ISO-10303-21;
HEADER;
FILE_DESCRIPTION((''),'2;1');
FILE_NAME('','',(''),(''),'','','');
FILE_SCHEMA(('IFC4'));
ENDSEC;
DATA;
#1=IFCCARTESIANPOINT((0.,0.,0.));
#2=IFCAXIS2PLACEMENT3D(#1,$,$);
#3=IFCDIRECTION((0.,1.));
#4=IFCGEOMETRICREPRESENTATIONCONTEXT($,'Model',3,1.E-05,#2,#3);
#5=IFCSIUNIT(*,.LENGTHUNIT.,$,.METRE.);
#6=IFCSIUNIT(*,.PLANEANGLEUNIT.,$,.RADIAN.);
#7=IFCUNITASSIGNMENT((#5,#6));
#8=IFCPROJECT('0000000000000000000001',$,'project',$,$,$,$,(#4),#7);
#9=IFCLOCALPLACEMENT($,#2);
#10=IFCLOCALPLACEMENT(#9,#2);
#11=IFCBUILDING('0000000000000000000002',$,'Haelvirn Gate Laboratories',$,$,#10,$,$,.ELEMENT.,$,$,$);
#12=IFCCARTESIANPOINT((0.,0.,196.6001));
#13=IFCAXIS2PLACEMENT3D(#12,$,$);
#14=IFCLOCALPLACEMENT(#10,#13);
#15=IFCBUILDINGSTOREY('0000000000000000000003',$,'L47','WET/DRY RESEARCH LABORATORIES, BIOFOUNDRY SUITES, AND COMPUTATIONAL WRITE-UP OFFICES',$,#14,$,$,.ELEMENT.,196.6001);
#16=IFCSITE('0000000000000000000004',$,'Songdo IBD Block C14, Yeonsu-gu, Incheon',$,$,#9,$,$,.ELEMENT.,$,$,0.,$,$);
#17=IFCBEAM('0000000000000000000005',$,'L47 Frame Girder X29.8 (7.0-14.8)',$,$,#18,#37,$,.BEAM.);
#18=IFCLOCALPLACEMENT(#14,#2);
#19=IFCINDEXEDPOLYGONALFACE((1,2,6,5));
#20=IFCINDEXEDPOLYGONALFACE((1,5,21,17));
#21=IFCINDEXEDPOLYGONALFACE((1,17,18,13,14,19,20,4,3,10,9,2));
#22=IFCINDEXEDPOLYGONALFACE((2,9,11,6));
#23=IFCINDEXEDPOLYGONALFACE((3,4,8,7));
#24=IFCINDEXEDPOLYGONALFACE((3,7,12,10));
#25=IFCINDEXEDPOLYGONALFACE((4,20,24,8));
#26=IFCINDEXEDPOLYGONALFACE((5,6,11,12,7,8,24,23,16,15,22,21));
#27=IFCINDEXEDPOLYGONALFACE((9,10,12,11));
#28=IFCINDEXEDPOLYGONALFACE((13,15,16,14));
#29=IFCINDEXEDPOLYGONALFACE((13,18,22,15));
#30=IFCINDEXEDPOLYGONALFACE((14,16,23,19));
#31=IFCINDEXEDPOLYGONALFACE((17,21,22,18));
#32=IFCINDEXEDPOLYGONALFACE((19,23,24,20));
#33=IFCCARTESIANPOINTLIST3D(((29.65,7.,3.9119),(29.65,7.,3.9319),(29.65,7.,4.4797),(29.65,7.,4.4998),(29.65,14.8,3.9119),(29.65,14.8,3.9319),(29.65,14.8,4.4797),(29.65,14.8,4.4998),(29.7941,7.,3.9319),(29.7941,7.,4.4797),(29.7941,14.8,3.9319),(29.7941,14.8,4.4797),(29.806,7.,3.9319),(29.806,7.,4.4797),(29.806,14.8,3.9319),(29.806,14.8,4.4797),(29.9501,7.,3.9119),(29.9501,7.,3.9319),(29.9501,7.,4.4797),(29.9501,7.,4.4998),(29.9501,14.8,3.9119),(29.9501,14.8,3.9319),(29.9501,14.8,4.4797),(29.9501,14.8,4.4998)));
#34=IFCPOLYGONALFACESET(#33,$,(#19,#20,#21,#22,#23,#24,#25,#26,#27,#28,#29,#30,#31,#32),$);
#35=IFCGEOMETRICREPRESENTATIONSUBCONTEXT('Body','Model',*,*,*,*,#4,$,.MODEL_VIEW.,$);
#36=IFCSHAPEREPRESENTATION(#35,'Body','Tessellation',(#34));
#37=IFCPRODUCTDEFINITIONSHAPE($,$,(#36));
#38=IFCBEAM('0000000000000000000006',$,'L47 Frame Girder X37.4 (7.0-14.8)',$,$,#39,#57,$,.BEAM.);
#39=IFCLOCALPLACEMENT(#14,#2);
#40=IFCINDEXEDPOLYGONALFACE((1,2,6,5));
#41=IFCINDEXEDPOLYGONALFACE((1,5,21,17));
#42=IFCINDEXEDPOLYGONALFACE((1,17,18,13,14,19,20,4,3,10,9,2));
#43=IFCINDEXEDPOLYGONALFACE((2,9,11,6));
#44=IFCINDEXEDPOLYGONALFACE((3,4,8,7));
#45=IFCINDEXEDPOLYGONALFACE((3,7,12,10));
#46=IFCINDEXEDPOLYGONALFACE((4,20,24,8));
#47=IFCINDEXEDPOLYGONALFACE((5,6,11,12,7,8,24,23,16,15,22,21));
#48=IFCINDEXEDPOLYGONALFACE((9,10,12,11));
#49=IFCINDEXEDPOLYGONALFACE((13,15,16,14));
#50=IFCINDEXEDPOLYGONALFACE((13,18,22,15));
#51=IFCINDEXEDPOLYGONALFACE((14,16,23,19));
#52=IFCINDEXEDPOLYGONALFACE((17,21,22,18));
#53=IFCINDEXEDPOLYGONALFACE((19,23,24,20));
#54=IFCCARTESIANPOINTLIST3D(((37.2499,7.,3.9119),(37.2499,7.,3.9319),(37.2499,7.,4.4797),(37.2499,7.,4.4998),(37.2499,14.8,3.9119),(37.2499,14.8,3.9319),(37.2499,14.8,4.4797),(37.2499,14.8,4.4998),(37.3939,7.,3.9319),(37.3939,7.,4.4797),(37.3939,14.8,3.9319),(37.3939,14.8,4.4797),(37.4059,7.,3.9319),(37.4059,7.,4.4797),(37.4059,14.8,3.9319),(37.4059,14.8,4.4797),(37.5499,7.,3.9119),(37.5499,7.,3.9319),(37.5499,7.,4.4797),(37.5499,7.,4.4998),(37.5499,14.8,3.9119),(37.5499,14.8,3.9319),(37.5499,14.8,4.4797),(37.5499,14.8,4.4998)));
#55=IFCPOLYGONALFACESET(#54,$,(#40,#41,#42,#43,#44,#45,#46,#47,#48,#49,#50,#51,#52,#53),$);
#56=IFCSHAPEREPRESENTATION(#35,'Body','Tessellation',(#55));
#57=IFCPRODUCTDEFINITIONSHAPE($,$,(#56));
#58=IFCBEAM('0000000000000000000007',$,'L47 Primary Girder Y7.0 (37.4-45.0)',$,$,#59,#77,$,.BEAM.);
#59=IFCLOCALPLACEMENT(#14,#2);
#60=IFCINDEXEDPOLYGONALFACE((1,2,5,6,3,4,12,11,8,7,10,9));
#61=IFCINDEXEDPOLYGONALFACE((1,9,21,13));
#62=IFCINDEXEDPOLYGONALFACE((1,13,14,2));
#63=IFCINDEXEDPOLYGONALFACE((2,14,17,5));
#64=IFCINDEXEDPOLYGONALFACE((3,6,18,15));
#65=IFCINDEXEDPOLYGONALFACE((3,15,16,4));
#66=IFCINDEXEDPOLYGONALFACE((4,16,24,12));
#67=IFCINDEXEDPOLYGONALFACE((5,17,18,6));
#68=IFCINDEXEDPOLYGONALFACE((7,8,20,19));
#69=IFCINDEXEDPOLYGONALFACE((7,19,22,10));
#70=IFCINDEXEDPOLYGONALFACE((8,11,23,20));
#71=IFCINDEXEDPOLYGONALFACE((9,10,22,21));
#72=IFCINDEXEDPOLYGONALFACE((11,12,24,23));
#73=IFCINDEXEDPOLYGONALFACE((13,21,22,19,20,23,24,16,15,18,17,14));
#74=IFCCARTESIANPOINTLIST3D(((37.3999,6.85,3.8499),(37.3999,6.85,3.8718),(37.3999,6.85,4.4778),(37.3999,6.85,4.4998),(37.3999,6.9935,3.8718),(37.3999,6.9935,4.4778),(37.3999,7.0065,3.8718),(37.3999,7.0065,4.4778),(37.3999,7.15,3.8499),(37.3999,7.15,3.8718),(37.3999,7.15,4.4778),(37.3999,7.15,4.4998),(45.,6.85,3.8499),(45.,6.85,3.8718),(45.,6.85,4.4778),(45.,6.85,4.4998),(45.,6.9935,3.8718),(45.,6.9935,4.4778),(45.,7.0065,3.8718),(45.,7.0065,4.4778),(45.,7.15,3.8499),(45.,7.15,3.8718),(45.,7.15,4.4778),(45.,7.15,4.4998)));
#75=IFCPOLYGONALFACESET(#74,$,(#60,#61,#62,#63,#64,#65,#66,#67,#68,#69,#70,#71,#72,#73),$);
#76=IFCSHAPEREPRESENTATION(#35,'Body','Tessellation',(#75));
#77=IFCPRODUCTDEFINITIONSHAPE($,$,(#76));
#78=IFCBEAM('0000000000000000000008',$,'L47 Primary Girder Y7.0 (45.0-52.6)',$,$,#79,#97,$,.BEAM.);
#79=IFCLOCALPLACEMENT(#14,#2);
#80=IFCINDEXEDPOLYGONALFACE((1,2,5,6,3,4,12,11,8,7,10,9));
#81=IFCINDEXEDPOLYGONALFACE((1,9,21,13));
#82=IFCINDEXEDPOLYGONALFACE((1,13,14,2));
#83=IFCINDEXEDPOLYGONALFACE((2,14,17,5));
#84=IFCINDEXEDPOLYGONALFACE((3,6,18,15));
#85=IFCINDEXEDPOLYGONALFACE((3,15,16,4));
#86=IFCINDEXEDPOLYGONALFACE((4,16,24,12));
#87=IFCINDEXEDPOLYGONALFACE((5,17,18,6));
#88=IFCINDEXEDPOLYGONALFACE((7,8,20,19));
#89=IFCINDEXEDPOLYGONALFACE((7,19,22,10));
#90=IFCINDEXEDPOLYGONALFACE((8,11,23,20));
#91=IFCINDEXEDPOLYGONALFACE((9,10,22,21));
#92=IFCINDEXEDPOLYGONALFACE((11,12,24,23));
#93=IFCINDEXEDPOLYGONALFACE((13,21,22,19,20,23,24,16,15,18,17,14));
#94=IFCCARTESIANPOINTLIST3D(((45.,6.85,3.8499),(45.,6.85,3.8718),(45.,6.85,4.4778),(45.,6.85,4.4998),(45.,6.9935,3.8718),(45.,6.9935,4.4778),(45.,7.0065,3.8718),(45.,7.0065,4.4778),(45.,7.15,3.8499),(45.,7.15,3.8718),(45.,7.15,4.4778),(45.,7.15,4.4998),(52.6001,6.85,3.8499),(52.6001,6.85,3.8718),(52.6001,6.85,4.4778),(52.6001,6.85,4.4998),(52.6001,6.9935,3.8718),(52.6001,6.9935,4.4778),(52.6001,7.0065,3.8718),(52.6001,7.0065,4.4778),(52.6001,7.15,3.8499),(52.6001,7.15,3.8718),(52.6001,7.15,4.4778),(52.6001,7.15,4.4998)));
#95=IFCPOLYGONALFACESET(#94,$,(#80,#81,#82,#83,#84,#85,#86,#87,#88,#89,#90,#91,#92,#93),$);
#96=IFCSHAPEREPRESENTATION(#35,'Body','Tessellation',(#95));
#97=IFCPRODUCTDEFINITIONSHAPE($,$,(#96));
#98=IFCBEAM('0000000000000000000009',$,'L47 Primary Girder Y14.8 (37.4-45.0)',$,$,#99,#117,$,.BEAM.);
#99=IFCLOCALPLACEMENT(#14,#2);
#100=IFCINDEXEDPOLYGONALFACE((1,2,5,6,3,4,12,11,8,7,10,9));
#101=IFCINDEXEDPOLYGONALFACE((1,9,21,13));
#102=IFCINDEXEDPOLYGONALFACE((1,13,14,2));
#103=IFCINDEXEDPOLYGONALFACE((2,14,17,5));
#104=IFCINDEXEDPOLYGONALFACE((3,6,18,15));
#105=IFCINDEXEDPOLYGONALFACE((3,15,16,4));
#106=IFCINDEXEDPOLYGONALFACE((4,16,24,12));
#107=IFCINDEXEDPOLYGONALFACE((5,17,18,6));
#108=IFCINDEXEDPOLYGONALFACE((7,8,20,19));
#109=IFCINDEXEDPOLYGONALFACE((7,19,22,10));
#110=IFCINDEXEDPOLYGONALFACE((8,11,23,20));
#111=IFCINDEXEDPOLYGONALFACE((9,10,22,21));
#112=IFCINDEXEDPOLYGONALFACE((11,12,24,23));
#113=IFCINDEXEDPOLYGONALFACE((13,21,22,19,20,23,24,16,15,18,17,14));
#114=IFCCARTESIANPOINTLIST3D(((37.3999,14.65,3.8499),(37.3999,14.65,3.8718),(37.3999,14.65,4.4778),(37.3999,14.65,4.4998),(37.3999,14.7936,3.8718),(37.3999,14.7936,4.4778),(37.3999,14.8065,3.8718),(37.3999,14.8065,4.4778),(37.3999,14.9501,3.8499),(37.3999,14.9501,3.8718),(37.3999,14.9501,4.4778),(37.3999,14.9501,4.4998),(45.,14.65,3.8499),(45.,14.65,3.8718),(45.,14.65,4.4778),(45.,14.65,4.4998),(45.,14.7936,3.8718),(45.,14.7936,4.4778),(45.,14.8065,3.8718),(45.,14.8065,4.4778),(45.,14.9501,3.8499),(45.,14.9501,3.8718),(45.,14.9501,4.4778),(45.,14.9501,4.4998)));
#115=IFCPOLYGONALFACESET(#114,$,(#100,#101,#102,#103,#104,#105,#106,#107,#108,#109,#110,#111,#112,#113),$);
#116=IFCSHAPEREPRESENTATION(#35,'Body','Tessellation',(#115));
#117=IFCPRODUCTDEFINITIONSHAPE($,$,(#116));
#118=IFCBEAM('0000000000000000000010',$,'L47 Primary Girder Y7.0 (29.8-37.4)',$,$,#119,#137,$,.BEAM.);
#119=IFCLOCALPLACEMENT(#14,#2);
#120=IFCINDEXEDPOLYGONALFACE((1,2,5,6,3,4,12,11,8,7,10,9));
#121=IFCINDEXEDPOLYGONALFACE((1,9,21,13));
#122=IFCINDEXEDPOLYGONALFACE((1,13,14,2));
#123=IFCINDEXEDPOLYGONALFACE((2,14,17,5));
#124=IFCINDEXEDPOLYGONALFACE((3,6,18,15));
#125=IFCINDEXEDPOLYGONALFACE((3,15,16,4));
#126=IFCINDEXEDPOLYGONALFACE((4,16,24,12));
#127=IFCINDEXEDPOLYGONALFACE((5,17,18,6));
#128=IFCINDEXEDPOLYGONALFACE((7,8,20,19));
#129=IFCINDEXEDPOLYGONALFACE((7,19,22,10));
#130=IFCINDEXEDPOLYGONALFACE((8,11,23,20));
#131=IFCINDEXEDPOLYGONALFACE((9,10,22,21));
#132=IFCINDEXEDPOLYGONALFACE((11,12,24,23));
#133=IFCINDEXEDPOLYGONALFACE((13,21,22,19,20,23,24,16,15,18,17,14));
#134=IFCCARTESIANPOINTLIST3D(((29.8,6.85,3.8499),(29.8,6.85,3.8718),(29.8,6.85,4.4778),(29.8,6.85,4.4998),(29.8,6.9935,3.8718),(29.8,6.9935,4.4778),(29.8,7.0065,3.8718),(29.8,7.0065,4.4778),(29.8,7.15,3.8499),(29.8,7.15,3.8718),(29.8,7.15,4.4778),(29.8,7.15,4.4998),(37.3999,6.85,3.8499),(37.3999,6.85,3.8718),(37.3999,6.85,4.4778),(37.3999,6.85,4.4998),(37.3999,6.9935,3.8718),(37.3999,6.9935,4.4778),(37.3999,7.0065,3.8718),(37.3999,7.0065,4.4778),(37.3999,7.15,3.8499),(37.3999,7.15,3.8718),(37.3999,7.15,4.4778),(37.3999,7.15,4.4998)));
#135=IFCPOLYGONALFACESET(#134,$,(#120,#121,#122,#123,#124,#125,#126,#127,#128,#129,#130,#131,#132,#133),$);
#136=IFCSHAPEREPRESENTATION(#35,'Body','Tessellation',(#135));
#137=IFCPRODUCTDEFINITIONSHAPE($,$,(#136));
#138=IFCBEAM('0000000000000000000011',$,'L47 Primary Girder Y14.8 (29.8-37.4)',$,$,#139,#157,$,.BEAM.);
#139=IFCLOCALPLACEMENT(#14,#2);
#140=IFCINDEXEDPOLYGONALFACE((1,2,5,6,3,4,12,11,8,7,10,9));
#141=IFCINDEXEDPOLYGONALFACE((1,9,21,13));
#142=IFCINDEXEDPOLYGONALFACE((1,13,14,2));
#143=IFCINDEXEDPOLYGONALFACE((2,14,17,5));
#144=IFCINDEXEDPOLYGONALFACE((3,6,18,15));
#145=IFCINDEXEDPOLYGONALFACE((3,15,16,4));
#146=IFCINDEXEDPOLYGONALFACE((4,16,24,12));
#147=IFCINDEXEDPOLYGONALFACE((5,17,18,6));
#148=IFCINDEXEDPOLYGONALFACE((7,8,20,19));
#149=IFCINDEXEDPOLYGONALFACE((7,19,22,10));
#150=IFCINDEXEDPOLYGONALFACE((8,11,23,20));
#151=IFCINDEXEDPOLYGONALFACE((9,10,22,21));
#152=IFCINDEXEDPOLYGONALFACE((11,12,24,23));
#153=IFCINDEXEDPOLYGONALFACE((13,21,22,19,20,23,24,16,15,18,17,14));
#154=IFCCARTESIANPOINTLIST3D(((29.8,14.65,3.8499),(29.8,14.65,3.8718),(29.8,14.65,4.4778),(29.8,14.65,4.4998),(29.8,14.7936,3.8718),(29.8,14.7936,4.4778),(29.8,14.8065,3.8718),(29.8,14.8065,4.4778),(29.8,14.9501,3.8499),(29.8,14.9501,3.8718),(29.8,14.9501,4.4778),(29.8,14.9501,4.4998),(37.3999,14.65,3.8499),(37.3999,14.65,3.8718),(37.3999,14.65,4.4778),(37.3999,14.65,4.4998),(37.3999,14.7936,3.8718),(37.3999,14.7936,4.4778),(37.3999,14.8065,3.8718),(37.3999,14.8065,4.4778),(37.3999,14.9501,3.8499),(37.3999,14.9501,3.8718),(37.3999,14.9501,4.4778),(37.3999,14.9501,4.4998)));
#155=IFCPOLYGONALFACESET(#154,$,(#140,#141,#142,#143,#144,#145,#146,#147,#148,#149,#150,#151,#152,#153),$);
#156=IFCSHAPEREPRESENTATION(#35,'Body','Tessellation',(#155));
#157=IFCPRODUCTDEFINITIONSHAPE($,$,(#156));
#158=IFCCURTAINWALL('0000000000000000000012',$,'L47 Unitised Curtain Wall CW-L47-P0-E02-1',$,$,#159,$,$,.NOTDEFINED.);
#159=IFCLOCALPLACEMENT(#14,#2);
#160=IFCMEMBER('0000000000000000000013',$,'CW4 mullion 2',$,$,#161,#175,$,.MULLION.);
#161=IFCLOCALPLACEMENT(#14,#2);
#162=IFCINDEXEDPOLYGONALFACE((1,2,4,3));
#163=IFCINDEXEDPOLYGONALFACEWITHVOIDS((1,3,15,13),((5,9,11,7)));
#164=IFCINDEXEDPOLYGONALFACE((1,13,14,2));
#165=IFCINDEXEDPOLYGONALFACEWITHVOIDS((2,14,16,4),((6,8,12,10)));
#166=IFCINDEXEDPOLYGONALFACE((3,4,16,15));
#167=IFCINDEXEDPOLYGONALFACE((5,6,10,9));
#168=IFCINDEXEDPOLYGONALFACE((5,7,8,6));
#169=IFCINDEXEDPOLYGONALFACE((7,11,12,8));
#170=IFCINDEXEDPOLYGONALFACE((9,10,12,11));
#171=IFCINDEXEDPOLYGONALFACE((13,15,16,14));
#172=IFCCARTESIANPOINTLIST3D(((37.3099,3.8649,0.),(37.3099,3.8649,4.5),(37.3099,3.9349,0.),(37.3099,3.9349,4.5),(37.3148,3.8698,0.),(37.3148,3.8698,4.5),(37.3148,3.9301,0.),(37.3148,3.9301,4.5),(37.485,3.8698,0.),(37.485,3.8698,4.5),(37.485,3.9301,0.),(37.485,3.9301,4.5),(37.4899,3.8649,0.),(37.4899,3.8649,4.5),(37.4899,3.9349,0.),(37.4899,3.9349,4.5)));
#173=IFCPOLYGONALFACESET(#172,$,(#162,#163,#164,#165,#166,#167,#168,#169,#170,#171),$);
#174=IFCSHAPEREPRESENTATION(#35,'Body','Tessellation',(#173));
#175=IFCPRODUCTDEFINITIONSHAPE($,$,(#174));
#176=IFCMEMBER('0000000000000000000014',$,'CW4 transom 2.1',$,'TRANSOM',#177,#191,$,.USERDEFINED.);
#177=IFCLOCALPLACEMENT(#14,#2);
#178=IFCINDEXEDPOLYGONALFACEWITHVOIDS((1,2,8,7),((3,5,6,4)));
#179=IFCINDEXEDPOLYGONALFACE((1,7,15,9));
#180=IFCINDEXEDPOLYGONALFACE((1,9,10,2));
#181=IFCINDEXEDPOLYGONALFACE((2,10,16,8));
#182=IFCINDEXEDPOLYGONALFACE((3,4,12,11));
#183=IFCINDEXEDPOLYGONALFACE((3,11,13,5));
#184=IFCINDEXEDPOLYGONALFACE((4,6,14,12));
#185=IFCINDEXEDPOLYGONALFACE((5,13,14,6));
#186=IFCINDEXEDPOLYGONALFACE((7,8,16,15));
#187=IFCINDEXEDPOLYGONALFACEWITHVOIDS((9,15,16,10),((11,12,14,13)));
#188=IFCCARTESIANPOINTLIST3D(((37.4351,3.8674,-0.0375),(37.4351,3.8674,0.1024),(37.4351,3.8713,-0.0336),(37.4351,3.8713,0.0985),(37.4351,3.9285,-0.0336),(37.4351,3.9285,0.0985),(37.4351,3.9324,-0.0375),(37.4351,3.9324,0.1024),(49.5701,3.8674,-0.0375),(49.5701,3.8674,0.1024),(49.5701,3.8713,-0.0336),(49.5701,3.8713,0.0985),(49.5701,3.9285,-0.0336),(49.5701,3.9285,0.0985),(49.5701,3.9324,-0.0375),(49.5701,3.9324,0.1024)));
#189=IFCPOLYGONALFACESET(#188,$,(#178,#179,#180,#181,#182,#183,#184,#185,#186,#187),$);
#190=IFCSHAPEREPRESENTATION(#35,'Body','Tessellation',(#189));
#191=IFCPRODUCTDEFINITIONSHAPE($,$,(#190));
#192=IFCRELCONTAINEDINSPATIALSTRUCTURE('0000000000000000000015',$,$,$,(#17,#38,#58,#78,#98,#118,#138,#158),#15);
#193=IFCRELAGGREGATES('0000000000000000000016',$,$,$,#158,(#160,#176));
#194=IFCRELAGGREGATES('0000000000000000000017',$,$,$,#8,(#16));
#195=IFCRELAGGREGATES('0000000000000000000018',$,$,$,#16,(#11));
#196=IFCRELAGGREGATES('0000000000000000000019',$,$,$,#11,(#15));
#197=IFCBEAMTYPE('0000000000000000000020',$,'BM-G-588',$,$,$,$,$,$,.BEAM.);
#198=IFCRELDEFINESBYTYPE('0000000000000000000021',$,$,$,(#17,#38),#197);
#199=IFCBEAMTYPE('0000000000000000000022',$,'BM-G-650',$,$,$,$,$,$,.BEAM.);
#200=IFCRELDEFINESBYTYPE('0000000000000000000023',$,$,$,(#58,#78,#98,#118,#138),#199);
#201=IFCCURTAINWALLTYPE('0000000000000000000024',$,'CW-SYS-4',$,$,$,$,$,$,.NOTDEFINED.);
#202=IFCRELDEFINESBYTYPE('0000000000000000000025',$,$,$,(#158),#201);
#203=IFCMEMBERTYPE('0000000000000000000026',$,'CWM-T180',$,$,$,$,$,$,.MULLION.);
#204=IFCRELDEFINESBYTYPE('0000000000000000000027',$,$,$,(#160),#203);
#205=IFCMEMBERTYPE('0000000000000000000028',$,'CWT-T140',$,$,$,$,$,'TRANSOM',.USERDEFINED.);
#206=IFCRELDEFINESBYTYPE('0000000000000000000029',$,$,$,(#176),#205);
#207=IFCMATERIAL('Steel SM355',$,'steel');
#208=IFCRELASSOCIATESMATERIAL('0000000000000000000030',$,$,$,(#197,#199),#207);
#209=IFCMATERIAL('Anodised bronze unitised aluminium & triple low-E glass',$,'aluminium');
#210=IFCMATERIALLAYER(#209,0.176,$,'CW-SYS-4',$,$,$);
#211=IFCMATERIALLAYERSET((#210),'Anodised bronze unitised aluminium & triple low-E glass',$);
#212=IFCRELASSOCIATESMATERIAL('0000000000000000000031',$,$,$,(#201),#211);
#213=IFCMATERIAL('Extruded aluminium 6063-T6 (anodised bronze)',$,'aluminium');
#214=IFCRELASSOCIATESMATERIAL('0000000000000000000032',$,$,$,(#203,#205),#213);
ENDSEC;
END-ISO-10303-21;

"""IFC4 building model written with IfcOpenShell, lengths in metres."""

from ifc_helpers import new_model, si_unit, direction, frame, origin, origin_2d, place, context, subcontext, project, spatial, hollow_rectangle, i_section, extrude, source, transform, mapped, material, layer, layer_set, material_profile, profile_set, type_object, type_shapes, element, aggregate, save


model = new_model("IFC4")

# Units and contexts
model_context = context("Model", 3, precision=1e-05, world=origin(), true_north=direction((0.0, 1.0)))
body_context = subcontext(model_context, "Body", "Model", "MODEL_VIEW")
ifc_project = project(units=[si_unit("LENGTHUNIT", "METRE"), si_unit("PLANEANGLEUNIT", "RADIAN")], contexts=[model_context])

# Site, building, storey
site_placement = place(None, origin())
site = spatial("IfcSite", under=ifc_project, at=site_placement, Name="Songdo IBD Block C14, Yeonsu-gu, Incheon", CompositionType="ELEMENT", RefElevation=0.0)
building_placement = place(site_placement, origin())
building = spatial("IfcBuilding", under=site, at=building_placement, Name="Haelvirn Gate Laboratories", CompositionType="ELEMENT")
storey_placement = place(building_placement, frame((0.0, 0.0, 196.6001)))
storey = spatial("IfcBuildingStorey", under=building, at=storey_placement, Name="L47", Description="WET/DRY RESEARCH LABORATORIES, BIOFOUNDRY SUITES, AND COMPUTATIONAL WRITE-UP OFFICES", CompositionType="ELEMENT", Elevation=196.6001)

# Shared definitions
ifc_material_1 = material(Name="Steel SM355", Category="steel")

# Beams
ifc_material_profile_1 = material_profile(ifc_material_1, i_section(OverallWidth=0.3, OverallDepth=0.5879, WebThickness=0.012, FlangeThickness=0.02, at=origin_2d()), Name="H-588x300x12x20")
ifc_profile_set_1 = profile_set([ifc_material_profile_1], Name="Steel SM355")
beam_type_1 = type_object("IfcBeamType", Name="BM-G-588", PredefinedType="BEAM", material=ifc_profile_set_1)
shared_shape_1 = source(origin(), body_context, "Body", "SweptSolid", [
    extrude(i_section(OverallWidth=0.3, OverallDepth=0.5879, WebThickness=0.012, FlangeThickness=0.02, at=origin_2d()), origin(), (0.0, 0.0, 1.0), 7.8),
])
type_shapes(beam_type_1, [shared_shape_1])
for number, where, z_axis, x_axis, name in (
    (1, (29.8, 7.0, 4.2058), (0.0, 1.0, 0.0), (-1.0, 0.0, 0.0), "L47 Frame Girder X29.8 (7.0-14.8)"),
    (2, (37.3999, 7.0, 4.2058), (0.0, 1.0, 0.0), (-1.0, 0.0, 0.0), "L47 Frame Girder X37.4 (7.0-14.8)"),
):
    element("IfcBeam", number, at=place(storey_placement, frame(where, z_axis=z_axis, x_axis=x_axis)), inside=storey, type_object=beam_type_1, Name=name, PredefinedType="BEAM", context=body_context, shape_type="MappedRepresentation", body=[
        mapped(shared_shape_1, transform((0.0, 0.0, 0.0), scale=1.0)),
    ])
ifc_material_profile_2 = material_profile(ifc_material_1, i_section(OverallWidth=0.3, OverallDepth=0.6499, WebThickness=0.0129, FlangeThickness=0.022, at=origin_2d()), Name="H-650x300x13x22")
ifc_profile_set_2 = profile_set([ifc_material_profile_2], Name="Steel SM355")
beam_type_2 = type_object("IfcBeamType", Name="BM-G-650", PredefinedType="BEAM", material=ifc_profile_set_2)
shared_shape_2 = source(origin(), body_context, "Body", "SweptSolid", [
    extrude(i_section(OverallWidth=0.3, OverallDepth=0.6499, WebThickness=0.0129, FlangeThickness=0.022, at=origin_2d()), origin(), (0.0, 0.0, 1.0), 7.6001),
])
for number, where, z_axis, x_axis, name in (
    (3, (37.3999, 7.0, 4.1748), (1.0, 0.0, 0.0), (0.0, 1.0, 0.0), "L47 Primary Girder Y7.0 (37.4-45.0)"),
    (4, (45.0, 7.0, 4.1748), (1.0, 0.0, 0.0), (0.0, 1.0, 0.0), "L47 Primary Girder Y7.0 (45.0-52.6)"),
    (5, (37.3999, 14.8, 4.1748), (1.0, 0.0, 0.0), (0.0, 1.0, 0.0), "L47 Primary Girder Y14.8 (37.4-45.0)"),
):
    element("IfcBeam", number, at=place(storey_placement, frame(where, z_axis=z_axis, x_axis=x_axis)), inside=storey, type_object=beam_type_2, Name=name, PredefinedType="BEAM", context=body_context, shape_type="MappedRepresentation", body=[
        mapped(shared_shape_2, transform((0.0, 0.0, 0.0), scale=1.0)),
    ])
shared_shape_3 = source(origin(), body_context, "Body", "SweptSolid", [
    extrude(i_section(OverallWidth=0.3, OverallDepth=0.6499, WebThickness=0.0129, FlangeThickness=0.022, at=origin_2d()), origin(), (0.0, 0.0, 1.0), 7.5999),
])
type_shapes(beam_type_2, [shared_shape_2, shared_shape_3])
for number, where, z_axis, x_axis, name in (
    (6, (29.8, 7.0, 4.1748), (1.0, 0.0, 0.0), (0.0, 1.0, 0.0), "L47 Primary Girder Y7.0 (29.8-37.4)"),
    (7, (29.8, 14.8, 4.1748), (1.0, 0.0, 0.0), (0.0, 1.0, 0.0), "L47 Primary Girder Y14.8 (29.8-37.4)"),
):
    element("IfcBeam", number, at=place(storey_placement, frame(where, z_axis=z_axis, x_axis=x_axis)), inside=storey, type_object=beam_type_2, Name=name, PredefinedType="BEAM", context=body_context, shape_type="MappedRepresentation", body=[
        mapped(shared_shape_3, transform((0.0, 0.0, 0.0), scale=1.0)),
    ])

# Curtain wall, members
ifc_material_2 = material(Name="Anodised bronze unitised aluminium & triple low-E glass", Category="aluminium")
ifc_layer_1 = layer(ifc_material_2, 0.176, Name="CW-SYS-4")
ifc_layer_set_1 = layer_set([ifc_layer_1], Name="Anodised bronze unitised aluminium & triple low-E glass")
curtain_wall_type = type_object("IfcCurtainWallType", Name="CW-SYS-4", PredefinedType="NOTDEFINED", material=ifc_layer_set_1)
curtain_wall_placement = place(storey_placement, origin())
curtain_wall = element("IfcCurtainWall", 8, at=curtain_wall_placement, inside=storey, type_object=curtain_wall_type, Name="L47 Unitised Curtain Wall CW-L47-P0-E02-1", PredefinedType="NOTDEFINED")
ifc_material_3 = material(Name="Extruded aluminium 6063-T6 (anodised bronze)", Category="aluminium")
ifc_material_profile_3 = material_profile(ifc_material_3, hollow_rectangle(XDim=0.0701, YDim=0.1799, WallThickness=0.0049, at=origin_2d()), Name="CWM-180x70x5")
ifc_profile_set_3 = profile_set([ifc_material_profile_3], Name="Extruded aluminium 6063-T6 (anodised bronze)")
member_type_1 = type_object("IfcMemberType", Name="CWM-T180", PredefinedType="MULLION", material=ifc_profile_set_3)
shared_shape_4 = source(origin(), body_context, "Body", "SweptSolid", [
    extrude(hollow_rectangle(XDim=0.0701, YDim=0.1799, WallThickness=0.0049, at=origin_2d()), origin(), (0.0, 0.0, 1.0), 4.5),
])
type_shapes(member_type_1, [shared_shape_4])
member_1_placement = place(storey_placement, frame((37.3999, 3.8999, 0.0), z_axis=(0.0, 0.0, 1.0), x_axis=(0.0, 1.0, 0.0)))
member_1 = element("IfcMember", 9, at=member_1_placement, type_object=member_type_1, Name="CW4 mullion 2", PredefinedType="MULLION", context=body_context, shape_type="MappedRepresentation", body=[
    mapped(shared_shape_4, transform((0.0, 0.0, 0.0), scale=1.0)),
])
ifc_material_profile_4 = material_profile(ifc_material_3, hollow_rectangle(XDim=0.0649, YDim=0.1399, WallThickness=0.0039, at=origin_2d()), Name="CWT-140x65x4")
ifc_profile_set_4 = profile_set([ifc_material_profile_4], Name="Extruded aluminium 6063-T6 (anodised bronze)")
member_type_2 = type_object("IfcMemberType", Name="CWT-T140", ElementType="TRANSOM", PredefinedType="USERDEFINED", material=ifc_profile_set_4)
shared_shape_5 = source(origin(), body_context, "Body", "SweptSolid", [
    extrude(hollow_rectangle(XDim=0.0649, YDim=0.1399, WallThickness=0.0039, at=origin_2d()), origin(), (0.0, 0.0, 1.0), 12.135),
])
type_shapes(member_type_2, [shared_shape_5])
member_2_placement = place(storey_placement, frame((37.4351, 3.8999, 0.0325), z_axis=(1.0, 0.0, 0.0), x_axis=(0.0, 1.0, 0.0)))
member_2 = element("IfcMember", 10, at=member_2_placement, type_object=member_type_2, Name="CW4 transom 2.1", ObjectType="TRANSOM", PredefinedType="USERDEFINED", context=body_context, shape_type="MappedRepresentation", body=[
    mapped(shared_shape_5, transform((0.0, 0.0, 0.0), scale=1.0)),
])
aggregate(curtain_wall, [member_1, member_2])

save(model, "model.ifc")
